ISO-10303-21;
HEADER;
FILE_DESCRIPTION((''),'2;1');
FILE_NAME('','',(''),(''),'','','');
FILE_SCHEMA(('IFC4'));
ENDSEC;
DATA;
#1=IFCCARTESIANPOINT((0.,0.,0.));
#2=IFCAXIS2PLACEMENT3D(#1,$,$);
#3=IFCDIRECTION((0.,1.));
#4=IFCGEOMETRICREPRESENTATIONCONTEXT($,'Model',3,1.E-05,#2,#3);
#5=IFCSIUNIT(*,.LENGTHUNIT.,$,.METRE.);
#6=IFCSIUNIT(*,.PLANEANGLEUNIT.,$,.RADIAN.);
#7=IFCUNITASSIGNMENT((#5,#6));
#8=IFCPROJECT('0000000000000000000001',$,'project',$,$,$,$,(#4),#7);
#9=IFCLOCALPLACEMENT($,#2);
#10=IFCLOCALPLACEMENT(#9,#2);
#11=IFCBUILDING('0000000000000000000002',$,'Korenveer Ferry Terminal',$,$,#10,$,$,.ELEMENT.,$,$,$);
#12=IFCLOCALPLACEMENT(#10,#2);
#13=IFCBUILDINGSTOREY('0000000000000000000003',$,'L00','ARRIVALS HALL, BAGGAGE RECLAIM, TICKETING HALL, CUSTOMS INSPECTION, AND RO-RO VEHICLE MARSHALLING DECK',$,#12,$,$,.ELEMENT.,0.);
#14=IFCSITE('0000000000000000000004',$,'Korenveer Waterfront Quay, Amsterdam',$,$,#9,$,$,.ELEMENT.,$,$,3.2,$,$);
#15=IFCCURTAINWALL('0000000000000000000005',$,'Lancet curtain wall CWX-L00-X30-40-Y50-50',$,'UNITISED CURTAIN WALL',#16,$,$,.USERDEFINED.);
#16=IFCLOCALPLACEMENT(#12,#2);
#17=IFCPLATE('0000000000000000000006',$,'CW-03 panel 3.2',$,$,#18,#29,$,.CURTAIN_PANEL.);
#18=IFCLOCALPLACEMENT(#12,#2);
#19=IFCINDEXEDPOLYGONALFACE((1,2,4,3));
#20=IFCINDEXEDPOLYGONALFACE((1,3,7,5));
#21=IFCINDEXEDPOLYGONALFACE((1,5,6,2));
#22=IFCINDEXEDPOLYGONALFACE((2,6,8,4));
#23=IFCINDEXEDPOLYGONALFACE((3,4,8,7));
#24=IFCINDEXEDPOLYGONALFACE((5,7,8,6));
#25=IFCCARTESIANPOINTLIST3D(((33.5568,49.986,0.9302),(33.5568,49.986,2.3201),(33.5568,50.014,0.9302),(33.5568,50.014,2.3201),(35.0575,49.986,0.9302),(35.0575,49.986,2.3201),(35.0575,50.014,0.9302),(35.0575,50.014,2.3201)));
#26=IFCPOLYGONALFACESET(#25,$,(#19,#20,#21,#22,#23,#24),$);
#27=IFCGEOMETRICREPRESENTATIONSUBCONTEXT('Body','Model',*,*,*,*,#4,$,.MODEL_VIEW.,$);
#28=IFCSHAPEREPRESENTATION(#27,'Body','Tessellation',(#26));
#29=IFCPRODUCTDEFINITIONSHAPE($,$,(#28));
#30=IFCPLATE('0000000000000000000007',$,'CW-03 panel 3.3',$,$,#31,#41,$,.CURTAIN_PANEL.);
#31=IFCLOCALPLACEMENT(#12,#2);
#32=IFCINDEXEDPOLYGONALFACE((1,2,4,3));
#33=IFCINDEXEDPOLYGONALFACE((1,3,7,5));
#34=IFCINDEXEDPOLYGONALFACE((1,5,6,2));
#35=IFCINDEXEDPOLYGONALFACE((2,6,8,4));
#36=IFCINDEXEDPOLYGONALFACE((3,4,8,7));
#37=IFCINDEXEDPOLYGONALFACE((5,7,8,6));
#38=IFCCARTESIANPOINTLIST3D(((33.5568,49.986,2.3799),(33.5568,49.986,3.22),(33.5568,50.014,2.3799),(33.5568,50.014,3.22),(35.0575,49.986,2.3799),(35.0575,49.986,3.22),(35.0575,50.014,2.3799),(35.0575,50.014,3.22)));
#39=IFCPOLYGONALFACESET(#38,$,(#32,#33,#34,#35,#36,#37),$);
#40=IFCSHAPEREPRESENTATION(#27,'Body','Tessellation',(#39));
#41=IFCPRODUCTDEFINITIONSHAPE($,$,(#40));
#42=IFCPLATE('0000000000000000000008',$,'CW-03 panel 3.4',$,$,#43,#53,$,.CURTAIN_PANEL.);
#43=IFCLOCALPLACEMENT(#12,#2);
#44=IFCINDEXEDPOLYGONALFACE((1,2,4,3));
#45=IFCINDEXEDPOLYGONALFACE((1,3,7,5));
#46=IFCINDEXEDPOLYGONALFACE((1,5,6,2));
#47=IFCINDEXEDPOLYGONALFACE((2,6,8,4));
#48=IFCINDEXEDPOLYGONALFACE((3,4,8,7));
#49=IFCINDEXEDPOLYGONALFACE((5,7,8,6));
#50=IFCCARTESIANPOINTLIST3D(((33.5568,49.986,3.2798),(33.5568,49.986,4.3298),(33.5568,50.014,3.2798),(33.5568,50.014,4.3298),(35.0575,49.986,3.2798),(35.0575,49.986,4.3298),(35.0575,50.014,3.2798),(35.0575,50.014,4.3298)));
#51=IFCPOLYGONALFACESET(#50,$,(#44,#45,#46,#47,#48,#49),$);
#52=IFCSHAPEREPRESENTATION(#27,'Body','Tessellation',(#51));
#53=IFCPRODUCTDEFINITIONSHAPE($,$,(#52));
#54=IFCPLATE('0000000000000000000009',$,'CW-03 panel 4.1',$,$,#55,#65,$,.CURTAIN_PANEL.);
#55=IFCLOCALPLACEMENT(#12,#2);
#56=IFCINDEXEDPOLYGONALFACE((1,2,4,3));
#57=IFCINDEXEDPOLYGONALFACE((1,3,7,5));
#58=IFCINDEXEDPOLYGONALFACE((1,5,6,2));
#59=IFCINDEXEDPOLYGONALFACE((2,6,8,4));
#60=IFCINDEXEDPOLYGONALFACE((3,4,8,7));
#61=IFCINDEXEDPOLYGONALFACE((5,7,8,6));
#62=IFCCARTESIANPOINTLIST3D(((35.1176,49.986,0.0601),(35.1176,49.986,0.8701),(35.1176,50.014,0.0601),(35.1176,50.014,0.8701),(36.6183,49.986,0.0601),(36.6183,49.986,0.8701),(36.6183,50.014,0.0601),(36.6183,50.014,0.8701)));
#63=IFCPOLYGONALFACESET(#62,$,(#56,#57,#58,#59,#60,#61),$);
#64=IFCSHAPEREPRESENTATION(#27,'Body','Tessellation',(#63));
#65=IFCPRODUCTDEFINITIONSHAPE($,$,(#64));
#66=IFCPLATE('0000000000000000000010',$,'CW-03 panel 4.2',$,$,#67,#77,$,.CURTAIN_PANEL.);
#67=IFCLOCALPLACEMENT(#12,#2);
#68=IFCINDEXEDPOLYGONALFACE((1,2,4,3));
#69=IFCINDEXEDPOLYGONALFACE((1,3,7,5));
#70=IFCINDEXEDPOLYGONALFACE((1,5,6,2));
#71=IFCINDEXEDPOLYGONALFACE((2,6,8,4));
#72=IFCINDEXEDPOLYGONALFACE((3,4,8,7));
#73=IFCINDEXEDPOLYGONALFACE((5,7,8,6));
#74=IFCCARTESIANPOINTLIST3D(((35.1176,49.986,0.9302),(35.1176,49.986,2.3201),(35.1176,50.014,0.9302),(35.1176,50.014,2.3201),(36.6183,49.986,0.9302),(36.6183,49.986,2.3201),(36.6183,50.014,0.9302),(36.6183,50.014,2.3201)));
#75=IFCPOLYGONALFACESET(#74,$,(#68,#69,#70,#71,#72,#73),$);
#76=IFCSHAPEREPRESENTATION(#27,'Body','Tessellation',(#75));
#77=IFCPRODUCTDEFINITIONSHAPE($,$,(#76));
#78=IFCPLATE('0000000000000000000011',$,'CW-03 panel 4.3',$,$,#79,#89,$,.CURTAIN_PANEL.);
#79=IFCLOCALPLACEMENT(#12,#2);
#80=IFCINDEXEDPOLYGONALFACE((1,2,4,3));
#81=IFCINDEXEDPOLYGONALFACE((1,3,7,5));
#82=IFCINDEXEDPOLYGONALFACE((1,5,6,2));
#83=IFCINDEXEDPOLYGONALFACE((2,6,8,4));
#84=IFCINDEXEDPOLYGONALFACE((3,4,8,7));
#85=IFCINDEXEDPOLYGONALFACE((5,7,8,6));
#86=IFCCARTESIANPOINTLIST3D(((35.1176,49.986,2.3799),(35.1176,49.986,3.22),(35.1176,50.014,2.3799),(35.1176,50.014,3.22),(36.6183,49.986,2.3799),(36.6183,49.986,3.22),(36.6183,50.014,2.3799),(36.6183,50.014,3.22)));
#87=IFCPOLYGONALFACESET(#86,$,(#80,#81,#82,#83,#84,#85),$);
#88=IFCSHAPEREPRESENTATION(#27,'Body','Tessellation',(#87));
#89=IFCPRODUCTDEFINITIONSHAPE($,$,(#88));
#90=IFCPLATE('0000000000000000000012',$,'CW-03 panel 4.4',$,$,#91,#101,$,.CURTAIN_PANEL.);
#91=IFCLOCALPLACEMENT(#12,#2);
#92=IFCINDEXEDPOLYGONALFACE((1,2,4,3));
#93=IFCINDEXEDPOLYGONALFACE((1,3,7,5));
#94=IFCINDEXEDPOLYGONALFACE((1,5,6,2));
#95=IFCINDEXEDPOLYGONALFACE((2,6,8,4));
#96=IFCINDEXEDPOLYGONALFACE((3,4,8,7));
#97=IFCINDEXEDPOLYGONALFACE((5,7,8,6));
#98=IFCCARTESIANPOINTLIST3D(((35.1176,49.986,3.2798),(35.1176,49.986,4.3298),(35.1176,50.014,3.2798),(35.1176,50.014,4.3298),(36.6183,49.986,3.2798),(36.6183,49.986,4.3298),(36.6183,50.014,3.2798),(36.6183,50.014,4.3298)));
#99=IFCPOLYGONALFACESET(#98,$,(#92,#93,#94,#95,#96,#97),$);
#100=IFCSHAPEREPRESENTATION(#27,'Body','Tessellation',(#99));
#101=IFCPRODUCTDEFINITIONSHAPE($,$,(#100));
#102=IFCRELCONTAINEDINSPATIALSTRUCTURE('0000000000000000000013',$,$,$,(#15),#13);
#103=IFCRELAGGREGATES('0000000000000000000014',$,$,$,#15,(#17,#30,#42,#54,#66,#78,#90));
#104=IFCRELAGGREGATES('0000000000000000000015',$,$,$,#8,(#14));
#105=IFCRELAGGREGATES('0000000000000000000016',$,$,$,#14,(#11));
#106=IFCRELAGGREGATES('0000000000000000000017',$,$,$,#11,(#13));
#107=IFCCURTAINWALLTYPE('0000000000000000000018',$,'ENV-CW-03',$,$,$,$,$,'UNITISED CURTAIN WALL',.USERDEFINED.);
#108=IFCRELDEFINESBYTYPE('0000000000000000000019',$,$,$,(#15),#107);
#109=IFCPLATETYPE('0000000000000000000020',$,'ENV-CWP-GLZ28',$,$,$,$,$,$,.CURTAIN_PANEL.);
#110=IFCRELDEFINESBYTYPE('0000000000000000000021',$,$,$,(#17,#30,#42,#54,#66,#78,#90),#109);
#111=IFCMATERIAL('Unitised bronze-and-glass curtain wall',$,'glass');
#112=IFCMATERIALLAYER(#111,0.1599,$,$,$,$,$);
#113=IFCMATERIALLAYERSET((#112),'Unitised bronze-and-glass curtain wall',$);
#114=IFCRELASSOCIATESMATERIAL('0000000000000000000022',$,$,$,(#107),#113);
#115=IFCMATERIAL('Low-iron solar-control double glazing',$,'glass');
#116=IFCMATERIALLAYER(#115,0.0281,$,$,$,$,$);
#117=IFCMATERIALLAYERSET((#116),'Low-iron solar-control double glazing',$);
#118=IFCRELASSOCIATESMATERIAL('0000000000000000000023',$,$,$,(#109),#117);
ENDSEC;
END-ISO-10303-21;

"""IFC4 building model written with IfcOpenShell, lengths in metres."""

from ifc_helpers import new_model, si_unit, direction, frame, origin, origin_2d, place, context, subcontext, project, spatial, rectangle, extrude, material, layer, layer_set, type_object, element, aggregate, save


model = new_model("IFC4")

# Units and contexts
model_context = context("Model", 3, precision=1e-05, world=origin(), true_north=direction((0.0, 1.0)))
body_context = subcontext(model_context, "Body", "Model", "MODEL_VIEW")
ifc_project = project(units=[si_unit("LENGTHUNIT", "METRE"), si_unit("PLANEANGLEUNIT", "RADIAN")], contexts=[model_context])

# Site, building, storey
site_placement = place(None, origin())
site = spatial("IfcSite", under=ifc_project, at=site_placement, Name="Korenveer Waterfront Quay, Amsterdam", CompositionType="ELEMENT", RefElevation=3.2)
building_placement = place(site_placement, origin())
building = spatial("IfcBuilding", under=site, at=building_placement, Name="Korenveer Ferry Terminal", CompositionType="ELEMENT")
storey_placement = place(building_placement, origin())
storey = spatial("IfcBuildingStorey", under=building, at=storey_placement, Name="L00", Description="ARRIVALS HALL, BAGGAGE RECLAIM, TICKETING HALL, CUSTOMS INSPECTION, AND RO-RO VEHICLE MARSHALLING DECK", CompositionType="ELEMENT", Elevation=0.0)

# Curtain wall, plates
ifc_material_1 = material(Name="Unitised bronze-and-glass curtain wall", Category="glass")
ifc_layer_1 = layer(ifc_material_1, 0.1599)
ifc_layer_set_1 = layer_set([ifc_layer_1], Name="Unitised bronze-and-glass curtain wall")
curtain_wall_type = type_object("IfcCurtainWallType", Name="ENV-CW-03", ElementType="UNITISED CURTAIN WALL", PredefinedType="USERDEFINED", material=ifc_layer_set_1)
curtain_wall_placement = place(storey_placement, frame((30.405, 50.0, 0.0)))
curtain_wall = element("IfcCurtainWall", 1, at=curtain_wall_placement, inside=storey, type_object=curtain_wall_type, Name="Lancet curtain wall CWX-L00-X30-40-Y50-50", ObjectType="UNITISED CURTAIN WALL", PredefinedType="USERDEFINED")
ifc_material_2 = material(Name="Low-iron solar-control double glazing", Category="glass")
ifc_layer_2 = layer(ifc_material_2, 0.0281)
ifc_layer_set_2 = layer_set([ifc_layer_2], Name="Low-iron solar-control double glazing")
plate_type = type_object("IfcPlateType", Name="ENV-CWP-GLZ28", PredefinedType="CURTAIN_PANEL", material=ifc_layer_set_2)
plate_1_placement = place(storey_placement, frame((34.3071, 50.0, 0.9302), z_axis=(0.0, 0.0, 1.0), x_axis=(1.0, 0.0, 0.0)))
plate_1 = element("IfcPlate", 2, at=plate_1_placement, type_object=plate_type, Name="CW-03 panel 3.2", PredefinedType="CURTAIN_PANEL", context=body_context, shape_type="SweptSolid", body=[
    extrude(rectangle(XDim=1.5007, YDim=0.0281, at=origin_2d()), origin(), (0.0, 0.0, 1.0), 1.3899),
])
plate_2_placement = place(storey_placement, frame((34.3071, 50.0, 2.3799), z_axis=(0.0, 0.0, 1.0), x_axis=(1.0, 0.0, 0.0)))
plate_2 = element("IfcPlate", 3, at=plate_2_placement, type_object=plate_type, Name="CW-03 panel 3.3", PredefinedType="CURTAIN_PANEL", context=body_context, shape_type="SweptSolid", body=[
    extrude(rectangle(XDim=1.5007, YDim=0.0281, at=origin_2d()), origin(), (0.0, 0.0, 1.0), 0.8401),
])
plate_3_placement = place(storey_placement, frame((34.3071, 50.0, 3.2798), z_axis=(0.0, 0.0, 1.0), x_axis=(1.0, 0.0, 0.0)))
plate_3 = element("IfcPlate", 4, at=plate_3_placement, type_object=plate_type, Name="CW-03 panel 3.4", PredefinedType="CURTAIN_PANEL", context=body_context, shape_type="SweptSolid", body=[
    extrude(rectangle(XDim=1.5007, YDim=0.0281, at=origin_2d()), origin(), (0.0, 0.0, 1.0), 1.05),
])
plate_4_placement = place(storey_placement, frame((35.8679, 50.0, 0.0601), z_axis=(0.0, 0.0, 1.0), x_axis=(1.0, 0.0, 0.0)))
plate_4 = element("IfcPlate", 5, at=plate_4_placement, type_object=plate_type, Name="CW-03 panel 4.1", PredefinedType="CURTAIN_PANEL", context=body_context, shape_type="SweptSolid", body=[
    extrude(rectangle(XDim=1.5007, YDim=0.0281, at=origin_2d()), origin(), (0.0, 0.0, 1.0), 0.8101),
])
plate_5_placement = place(storey_placement, frame((35.8679, 50.0, 0.9302), z_axis=(0.0, 0.0, 1.0), x_axis=(1.0, 0.0, 0.0)))
plate_5 = element("IfcPlate", 6, at=plate_5_placement, type_object=plate_type, Name="CW-03 panel 4.2", PredefinedType="CURTAIN_PANEL", context=body_context, shape_type="SweptSolid", body=[
    extrude(rectangle(XDim=1.5007, YDim=0.0281, at=origin_2d()), origin(), (0.0, 0.0, 1.0), 1.3899),
])
plate_6_placement = place(storey_placement, frame((35.8679, 50.0, 2.3799), z_axis=(0.0, 0.0, 1.0), x_axis=(1.0, 0.0, 0.0)))
plate_6 = element("IfcPlate", 7, at=plate_6_placement, type_object=plate_type, Name="CW-03 panel 4.3", PredefinedType="CURTAIN_PANEL", context=body_context, shape_type="SweptSolid", body=[
    extrude(rectangle(XDim=1.5007, YDim=0.0281, at=origin_2d()), origin(), (0.0, 0.0, 1.0), 0.8401),
])
plate_7_placement = place(storey_placement, frame((35.8679, 50.0, 3.2798), z_axis=(0.0, 0.0, 1.0), x_axis=(1.0, 0.0, 0.0)))
plate_7 = element("IfcPlate", 8, at=plate_7_placement, type_object=plate_type, Name="CW-03 panel 4.4", PredefinedType="CURTAIN_PANEL", context=body_context, shape_type="SweptSolid", body=[
    extrude(rectangle(XDim=1.5007, YDim=0.0281, at=origin_2d()), origin(), (0.0, 0.0, 1.0), 1.05),
])
aggregate(curtain_wall, [plate_1, plate_2, plate_3, plate_4, plate_5, plate_6, plate_7])

save(model, "model.ifc")
